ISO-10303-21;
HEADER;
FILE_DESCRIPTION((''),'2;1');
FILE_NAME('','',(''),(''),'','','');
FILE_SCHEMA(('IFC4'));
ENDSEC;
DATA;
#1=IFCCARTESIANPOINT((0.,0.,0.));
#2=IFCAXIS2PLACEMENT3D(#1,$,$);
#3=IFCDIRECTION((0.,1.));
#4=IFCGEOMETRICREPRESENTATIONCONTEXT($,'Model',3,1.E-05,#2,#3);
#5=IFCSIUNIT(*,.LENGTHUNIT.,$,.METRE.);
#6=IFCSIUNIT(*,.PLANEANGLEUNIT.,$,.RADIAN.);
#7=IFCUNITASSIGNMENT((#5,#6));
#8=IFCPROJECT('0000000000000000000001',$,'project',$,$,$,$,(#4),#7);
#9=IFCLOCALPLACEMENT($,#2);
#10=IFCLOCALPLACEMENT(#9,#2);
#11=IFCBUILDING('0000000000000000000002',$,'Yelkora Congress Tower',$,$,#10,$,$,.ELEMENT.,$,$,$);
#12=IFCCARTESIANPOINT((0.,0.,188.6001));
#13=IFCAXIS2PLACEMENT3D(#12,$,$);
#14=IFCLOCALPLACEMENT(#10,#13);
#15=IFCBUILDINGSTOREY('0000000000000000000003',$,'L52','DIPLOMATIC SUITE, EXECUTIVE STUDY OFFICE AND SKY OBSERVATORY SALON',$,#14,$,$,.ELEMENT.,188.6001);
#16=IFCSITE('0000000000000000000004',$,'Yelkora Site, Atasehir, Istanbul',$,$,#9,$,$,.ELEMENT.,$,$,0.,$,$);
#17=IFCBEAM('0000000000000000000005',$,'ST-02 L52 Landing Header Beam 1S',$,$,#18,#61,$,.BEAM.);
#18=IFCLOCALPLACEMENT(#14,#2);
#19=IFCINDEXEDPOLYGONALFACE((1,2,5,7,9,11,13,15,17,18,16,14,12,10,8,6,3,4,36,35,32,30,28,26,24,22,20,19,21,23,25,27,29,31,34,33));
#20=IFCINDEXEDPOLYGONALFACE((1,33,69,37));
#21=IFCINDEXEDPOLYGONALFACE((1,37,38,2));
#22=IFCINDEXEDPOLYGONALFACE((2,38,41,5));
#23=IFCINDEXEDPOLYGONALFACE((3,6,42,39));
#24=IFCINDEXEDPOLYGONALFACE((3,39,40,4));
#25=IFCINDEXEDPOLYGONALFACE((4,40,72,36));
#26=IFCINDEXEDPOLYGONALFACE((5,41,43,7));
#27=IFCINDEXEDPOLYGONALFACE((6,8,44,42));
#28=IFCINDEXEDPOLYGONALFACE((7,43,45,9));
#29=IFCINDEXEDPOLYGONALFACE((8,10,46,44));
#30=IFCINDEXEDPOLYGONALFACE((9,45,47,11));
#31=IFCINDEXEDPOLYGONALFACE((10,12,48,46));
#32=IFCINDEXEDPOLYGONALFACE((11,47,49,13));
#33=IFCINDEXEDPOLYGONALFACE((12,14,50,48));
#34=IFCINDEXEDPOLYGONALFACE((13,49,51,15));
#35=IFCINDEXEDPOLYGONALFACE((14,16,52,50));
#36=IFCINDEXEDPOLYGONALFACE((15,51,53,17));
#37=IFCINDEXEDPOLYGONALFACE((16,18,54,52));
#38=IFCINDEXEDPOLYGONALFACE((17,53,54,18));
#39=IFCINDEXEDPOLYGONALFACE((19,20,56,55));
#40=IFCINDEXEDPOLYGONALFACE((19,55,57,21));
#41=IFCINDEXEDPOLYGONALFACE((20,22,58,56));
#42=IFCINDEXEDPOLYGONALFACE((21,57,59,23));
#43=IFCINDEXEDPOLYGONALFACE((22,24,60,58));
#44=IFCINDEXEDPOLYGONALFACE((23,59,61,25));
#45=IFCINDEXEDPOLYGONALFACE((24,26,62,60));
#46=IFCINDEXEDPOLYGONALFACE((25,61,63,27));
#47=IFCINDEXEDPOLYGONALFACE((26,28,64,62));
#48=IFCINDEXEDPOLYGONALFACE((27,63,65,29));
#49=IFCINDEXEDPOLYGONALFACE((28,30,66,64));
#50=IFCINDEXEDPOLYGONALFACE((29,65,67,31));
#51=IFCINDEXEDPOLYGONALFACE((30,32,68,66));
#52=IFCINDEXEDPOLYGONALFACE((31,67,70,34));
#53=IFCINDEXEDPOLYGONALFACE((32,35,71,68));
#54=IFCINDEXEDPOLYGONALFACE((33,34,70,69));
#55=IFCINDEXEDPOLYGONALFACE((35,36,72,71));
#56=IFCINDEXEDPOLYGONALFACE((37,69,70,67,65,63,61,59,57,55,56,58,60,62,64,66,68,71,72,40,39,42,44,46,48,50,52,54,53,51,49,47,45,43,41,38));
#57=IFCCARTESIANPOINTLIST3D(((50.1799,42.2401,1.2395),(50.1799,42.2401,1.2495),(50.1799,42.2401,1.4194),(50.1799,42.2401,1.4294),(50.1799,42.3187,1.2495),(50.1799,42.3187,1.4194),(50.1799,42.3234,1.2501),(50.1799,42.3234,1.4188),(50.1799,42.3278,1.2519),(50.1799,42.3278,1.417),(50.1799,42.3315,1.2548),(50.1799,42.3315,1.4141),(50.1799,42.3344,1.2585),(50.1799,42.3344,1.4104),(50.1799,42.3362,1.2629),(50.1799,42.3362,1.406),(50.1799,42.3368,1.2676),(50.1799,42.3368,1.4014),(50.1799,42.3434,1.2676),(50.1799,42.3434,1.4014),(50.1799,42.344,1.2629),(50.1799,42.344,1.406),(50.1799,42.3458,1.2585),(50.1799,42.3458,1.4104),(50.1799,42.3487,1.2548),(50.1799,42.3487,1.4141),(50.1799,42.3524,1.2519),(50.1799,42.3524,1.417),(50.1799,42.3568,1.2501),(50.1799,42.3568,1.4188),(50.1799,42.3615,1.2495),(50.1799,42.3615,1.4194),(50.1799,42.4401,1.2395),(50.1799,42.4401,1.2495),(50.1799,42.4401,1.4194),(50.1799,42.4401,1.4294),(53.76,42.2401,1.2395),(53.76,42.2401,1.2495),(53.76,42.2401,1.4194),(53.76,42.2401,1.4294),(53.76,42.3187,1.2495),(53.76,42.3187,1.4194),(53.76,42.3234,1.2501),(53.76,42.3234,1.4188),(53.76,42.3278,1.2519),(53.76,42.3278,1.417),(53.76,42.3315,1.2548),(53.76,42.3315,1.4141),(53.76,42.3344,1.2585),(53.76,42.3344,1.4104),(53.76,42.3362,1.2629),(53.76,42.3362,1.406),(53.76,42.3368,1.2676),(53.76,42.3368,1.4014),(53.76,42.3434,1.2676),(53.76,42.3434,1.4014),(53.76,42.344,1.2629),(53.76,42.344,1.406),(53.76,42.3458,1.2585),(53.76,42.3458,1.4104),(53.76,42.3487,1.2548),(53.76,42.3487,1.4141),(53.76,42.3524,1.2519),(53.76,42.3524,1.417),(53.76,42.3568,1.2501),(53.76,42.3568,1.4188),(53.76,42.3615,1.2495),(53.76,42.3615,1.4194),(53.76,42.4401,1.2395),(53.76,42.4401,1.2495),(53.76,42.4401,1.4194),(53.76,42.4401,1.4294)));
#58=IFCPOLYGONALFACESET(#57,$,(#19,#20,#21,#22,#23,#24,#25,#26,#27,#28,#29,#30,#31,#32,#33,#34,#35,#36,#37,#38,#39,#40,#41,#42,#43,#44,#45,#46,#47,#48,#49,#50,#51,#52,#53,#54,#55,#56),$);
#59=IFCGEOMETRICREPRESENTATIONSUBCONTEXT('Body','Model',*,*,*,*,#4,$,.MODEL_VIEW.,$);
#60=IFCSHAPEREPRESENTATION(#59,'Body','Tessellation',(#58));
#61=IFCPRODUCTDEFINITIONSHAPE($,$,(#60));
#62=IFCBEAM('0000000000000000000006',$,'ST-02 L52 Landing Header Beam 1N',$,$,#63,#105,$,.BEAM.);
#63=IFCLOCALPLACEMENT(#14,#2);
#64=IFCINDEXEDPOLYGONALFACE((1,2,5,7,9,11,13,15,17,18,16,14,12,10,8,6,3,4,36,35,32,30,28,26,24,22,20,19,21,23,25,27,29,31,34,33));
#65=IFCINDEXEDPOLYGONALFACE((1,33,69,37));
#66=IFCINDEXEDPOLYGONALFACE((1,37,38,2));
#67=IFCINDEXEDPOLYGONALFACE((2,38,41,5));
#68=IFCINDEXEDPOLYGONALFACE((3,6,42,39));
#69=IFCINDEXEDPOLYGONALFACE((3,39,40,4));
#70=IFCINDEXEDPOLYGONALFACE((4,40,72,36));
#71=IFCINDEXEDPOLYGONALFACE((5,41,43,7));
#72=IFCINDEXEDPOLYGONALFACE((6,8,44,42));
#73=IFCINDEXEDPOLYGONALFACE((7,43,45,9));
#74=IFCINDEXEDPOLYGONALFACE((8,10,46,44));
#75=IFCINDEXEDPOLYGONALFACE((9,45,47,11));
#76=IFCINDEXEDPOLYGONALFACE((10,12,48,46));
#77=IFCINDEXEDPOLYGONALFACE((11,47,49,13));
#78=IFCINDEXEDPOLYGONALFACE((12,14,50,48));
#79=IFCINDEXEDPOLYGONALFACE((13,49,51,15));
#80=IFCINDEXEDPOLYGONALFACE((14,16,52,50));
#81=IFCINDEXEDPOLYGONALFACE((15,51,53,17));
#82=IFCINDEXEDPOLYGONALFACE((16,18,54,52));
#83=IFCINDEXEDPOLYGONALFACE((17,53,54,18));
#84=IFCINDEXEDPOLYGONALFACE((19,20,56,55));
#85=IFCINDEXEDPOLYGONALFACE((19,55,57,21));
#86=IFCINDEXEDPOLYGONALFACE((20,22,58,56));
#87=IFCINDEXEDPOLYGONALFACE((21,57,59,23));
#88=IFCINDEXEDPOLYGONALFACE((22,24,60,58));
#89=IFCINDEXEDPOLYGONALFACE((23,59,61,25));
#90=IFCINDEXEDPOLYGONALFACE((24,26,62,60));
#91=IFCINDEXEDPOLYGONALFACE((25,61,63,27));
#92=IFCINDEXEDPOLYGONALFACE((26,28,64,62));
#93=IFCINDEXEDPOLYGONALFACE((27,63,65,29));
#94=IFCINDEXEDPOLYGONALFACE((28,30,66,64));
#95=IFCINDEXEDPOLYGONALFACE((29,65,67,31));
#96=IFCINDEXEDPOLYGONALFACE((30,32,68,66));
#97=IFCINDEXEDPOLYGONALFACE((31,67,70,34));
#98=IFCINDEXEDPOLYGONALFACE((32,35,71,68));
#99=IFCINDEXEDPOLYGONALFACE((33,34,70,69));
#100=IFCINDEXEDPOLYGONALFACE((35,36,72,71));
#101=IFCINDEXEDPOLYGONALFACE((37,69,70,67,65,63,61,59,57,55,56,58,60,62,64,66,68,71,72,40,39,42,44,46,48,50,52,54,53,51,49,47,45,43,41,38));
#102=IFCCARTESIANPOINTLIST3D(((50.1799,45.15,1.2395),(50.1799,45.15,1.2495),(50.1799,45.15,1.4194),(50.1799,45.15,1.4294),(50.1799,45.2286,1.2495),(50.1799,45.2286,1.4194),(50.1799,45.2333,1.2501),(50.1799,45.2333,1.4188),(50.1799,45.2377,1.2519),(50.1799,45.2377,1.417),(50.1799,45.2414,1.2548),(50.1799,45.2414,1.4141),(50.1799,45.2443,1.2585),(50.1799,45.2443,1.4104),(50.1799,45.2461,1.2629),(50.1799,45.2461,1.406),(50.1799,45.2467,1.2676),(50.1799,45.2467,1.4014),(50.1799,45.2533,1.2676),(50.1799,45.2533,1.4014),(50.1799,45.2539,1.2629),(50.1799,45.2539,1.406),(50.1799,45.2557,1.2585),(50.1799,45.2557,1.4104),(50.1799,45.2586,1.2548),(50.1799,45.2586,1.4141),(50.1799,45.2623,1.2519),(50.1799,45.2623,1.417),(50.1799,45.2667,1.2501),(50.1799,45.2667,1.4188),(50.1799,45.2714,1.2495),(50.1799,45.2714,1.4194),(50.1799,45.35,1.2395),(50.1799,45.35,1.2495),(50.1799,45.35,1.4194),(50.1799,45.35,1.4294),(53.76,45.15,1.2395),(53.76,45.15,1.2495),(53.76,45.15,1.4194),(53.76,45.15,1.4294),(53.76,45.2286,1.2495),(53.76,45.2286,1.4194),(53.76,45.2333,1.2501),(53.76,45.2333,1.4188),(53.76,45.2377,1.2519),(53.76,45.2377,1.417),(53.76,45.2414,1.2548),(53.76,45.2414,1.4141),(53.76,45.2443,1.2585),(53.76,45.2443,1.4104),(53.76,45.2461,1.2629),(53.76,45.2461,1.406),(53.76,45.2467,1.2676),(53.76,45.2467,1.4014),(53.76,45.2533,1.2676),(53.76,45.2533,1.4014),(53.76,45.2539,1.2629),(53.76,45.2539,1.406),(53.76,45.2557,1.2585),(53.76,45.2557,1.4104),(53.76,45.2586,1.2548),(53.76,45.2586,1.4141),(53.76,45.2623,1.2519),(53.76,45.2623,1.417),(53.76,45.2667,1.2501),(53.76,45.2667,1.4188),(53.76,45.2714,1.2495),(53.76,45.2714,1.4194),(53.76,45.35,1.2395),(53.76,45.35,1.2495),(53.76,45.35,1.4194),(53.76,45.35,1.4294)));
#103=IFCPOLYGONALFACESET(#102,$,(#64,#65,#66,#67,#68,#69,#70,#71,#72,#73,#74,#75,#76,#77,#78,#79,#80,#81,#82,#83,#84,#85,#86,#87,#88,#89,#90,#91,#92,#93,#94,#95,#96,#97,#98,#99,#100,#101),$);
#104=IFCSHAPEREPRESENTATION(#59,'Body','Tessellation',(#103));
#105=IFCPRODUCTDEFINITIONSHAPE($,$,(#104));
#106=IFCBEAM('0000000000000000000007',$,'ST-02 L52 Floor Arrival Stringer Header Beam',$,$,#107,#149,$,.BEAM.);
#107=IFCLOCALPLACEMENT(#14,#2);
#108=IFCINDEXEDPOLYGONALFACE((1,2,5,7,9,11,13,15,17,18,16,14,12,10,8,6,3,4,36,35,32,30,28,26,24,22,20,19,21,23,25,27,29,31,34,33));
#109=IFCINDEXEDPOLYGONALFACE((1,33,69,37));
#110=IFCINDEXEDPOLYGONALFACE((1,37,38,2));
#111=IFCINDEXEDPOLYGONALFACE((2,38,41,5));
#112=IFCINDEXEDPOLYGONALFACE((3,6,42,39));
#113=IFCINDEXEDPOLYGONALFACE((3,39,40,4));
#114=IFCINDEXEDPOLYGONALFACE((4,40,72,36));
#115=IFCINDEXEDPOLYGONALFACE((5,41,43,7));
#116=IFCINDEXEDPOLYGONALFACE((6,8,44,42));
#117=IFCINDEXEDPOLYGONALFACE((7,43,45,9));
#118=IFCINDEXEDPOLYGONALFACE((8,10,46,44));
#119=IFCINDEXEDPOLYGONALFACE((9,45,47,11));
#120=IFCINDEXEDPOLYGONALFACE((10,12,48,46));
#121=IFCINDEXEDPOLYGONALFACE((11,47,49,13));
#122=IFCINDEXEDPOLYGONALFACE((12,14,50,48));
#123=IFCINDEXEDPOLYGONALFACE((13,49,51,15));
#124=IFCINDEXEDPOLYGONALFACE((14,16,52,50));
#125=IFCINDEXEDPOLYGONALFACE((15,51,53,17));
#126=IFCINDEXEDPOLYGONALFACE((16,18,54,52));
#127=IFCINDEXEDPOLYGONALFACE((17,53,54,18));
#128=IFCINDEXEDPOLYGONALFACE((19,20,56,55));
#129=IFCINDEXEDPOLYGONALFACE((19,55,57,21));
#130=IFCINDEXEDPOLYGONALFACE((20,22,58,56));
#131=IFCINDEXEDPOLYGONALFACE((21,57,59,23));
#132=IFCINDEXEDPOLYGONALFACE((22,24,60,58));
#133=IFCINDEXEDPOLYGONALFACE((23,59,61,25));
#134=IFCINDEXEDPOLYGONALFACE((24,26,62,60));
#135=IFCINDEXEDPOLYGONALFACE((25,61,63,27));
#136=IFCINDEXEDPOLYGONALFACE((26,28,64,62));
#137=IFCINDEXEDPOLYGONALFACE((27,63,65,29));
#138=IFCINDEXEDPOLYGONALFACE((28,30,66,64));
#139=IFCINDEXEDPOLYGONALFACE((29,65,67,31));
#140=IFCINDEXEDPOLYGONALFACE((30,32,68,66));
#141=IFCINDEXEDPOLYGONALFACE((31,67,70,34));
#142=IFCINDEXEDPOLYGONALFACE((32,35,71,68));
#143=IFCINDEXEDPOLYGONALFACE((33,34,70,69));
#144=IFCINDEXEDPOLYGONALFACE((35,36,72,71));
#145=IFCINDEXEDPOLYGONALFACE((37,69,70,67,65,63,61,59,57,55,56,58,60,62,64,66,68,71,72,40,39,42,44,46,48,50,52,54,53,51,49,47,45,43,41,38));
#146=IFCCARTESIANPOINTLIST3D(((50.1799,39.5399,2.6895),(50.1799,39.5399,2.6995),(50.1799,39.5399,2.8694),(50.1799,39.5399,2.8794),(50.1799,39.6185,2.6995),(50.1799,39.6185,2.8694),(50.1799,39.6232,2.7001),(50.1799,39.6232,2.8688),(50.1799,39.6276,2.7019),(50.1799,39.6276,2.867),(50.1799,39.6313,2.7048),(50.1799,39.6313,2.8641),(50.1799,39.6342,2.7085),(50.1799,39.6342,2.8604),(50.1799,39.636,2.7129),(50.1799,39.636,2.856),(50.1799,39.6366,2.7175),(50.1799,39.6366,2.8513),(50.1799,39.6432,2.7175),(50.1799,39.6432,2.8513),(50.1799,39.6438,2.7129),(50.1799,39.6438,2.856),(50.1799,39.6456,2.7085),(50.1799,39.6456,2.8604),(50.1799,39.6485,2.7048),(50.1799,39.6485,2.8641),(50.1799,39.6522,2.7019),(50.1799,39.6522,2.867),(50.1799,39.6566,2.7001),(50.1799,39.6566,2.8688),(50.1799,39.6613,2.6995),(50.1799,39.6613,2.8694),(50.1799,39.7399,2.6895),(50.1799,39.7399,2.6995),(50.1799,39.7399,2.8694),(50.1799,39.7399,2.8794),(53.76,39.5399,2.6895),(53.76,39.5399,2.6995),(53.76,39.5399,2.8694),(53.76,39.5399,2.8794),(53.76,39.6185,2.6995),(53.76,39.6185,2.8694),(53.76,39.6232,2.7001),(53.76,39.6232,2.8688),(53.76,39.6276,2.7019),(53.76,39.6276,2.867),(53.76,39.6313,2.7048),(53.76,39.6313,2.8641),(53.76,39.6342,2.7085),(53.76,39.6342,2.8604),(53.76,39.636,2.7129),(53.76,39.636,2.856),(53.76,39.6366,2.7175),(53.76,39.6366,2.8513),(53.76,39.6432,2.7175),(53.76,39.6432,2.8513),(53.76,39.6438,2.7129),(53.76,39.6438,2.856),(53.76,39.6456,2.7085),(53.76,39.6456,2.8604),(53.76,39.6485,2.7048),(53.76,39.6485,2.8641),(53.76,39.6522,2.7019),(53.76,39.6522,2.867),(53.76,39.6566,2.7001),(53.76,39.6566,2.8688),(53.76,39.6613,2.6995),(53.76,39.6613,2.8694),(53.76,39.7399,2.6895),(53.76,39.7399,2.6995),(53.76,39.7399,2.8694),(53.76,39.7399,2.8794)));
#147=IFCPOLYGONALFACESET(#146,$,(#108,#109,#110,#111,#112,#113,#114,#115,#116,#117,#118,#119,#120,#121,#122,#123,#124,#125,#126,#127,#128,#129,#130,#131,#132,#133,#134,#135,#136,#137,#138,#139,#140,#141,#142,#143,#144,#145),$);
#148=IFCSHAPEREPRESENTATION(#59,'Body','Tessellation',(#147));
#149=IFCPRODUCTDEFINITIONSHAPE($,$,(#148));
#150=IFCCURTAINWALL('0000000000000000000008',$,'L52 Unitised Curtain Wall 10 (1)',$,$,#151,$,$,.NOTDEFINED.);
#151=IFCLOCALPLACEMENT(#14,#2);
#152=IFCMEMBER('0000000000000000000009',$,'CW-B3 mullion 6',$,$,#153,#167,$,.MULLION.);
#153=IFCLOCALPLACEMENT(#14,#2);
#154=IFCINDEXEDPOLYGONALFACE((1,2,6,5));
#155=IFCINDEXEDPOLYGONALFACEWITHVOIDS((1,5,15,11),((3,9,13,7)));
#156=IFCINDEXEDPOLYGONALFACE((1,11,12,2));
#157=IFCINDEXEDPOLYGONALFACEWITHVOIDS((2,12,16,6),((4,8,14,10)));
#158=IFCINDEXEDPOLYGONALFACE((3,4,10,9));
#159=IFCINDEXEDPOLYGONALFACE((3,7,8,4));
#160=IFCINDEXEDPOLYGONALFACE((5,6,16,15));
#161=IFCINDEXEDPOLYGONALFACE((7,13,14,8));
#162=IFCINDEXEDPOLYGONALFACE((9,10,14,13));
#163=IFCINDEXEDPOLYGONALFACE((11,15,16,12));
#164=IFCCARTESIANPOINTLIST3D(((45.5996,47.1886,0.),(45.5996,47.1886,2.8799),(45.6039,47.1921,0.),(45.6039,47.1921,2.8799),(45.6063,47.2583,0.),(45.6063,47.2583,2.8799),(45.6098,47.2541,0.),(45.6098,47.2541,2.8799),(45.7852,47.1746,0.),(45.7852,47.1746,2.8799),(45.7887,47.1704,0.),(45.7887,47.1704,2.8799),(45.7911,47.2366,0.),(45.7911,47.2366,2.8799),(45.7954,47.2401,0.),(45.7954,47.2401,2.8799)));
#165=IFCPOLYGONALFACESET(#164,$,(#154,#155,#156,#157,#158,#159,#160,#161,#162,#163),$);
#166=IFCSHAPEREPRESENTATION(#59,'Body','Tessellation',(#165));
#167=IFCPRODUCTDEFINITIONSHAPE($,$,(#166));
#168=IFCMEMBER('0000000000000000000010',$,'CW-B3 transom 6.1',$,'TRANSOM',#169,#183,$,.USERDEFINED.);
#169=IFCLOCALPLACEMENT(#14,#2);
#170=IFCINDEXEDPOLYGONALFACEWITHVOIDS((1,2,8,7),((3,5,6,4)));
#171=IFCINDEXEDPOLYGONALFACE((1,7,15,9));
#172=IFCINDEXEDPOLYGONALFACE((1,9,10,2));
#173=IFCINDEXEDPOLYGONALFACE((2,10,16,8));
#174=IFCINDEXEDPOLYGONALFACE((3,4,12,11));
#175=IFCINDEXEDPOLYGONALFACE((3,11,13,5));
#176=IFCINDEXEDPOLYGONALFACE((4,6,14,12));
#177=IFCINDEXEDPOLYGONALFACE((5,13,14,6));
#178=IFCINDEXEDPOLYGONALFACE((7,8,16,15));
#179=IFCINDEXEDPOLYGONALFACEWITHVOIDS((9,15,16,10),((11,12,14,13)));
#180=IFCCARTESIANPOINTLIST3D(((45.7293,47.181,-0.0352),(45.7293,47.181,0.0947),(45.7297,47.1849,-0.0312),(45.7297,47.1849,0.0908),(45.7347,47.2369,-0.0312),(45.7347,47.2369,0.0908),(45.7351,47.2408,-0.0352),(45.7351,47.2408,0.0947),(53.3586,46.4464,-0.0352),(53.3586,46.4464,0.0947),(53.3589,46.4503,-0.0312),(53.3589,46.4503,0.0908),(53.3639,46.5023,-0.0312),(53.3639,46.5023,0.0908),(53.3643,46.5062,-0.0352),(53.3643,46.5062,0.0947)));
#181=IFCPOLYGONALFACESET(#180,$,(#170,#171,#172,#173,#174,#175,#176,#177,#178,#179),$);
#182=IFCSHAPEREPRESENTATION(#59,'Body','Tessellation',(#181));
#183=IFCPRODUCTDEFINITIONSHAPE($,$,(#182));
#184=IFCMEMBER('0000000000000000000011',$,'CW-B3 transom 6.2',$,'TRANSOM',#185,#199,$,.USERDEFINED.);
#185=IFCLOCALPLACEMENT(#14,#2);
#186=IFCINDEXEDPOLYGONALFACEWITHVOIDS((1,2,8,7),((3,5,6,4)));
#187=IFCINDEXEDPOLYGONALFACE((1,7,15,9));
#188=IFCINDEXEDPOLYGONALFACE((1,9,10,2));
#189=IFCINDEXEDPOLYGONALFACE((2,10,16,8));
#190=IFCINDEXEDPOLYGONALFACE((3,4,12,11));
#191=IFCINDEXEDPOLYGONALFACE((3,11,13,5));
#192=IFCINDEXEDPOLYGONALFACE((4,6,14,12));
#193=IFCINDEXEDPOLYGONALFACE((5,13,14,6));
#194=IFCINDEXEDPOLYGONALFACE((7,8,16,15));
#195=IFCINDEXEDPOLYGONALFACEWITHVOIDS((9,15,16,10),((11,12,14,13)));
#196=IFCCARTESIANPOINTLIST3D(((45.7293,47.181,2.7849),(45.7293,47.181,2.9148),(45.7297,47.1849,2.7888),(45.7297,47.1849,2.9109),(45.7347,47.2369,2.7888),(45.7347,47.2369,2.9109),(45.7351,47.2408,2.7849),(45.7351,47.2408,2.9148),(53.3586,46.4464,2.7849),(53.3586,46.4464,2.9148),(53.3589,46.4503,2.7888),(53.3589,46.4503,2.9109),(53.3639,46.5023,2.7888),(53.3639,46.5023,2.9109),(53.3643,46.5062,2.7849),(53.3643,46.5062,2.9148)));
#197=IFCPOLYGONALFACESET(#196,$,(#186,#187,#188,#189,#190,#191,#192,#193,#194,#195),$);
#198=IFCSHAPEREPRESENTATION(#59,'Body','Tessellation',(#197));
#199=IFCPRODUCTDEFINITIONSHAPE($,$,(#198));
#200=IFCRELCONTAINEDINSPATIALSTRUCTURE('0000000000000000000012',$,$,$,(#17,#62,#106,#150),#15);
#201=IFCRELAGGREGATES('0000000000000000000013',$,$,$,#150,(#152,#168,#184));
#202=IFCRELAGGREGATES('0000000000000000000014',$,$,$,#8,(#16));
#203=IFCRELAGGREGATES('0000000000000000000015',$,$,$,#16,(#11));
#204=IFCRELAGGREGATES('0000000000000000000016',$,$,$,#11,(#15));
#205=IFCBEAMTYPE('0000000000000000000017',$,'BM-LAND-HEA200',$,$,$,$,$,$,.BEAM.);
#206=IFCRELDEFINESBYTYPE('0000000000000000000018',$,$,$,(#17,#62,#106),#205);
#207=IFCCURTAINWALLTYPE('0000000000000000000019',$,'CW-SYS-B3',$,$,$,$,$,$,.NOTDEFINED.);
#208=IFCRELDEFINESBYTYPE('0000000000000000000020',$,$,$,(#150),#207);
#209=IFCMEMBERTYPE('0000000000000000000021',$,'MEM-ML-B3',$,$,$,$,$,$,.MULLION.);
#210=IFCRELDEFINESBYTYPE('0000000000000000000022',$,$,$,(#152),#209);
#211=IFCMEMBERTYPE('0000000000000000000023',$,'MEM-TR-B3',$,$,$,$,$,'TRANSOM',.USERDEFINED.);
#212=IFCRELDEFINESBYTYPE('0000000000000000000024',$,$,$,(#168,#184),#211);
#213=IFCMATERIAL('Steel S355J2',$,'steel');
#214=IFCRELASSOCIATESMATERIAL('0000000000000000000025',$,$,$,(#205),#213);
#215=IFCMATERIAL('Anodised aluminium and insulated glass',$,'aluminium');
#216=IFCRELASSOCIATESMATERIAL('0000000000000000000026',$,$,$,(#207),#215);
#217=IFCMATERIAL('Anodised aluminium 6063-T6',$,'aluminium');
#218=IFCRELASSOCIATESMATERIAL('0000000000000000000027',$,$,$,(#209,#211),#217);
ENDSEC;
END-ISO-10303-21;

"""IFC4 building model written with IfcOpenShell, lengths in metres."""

from ifc_helpers import new_model, si_unit, direction, frame, origin, origin_2d, place, context, subcontext, project, spatial, hollow_rectangle, i_section, extrude, material, material_profile, profile_set, type_object, element, aggregate, save


model = new_model("IFC4")

# Units and contexts
model_context = context("Model", 3, precision=1e-05, world=origin(), true_north=direction((0.0, 1.0)))
body_context = subcontext(model_context, "Body", "Model", "MODEL_VIEW")
ifc_project = project(units=[si_unit("LENGTHUNIT", "METRE"), si_unit("PLANEANGLEUNIT", "RADIAN")], contexts=[model_context])

# Site, building, storey
site_placement = place(None, origin())
site = spatial("IfcSite", under=ifc_project, at=site_placement, Name="Yelkora Site, Atasehir, Istanbul", CompositionType="ELEMENT", RefElevation=0.0)
building_placement = place(site_placement, origin())
building = spatial("IfcBuilding", under=site, at=building_placement, Name="Yelkora Congress Tower", CompositionType="ELEMENT")
storey_placement = place(building_placement, frame((0.0, 0.0, 188.6001)))
storey = spatial("IfcBuildingStorey", under=building, at=storey_placement, Name="L52", Description="DIPLOMATIC SUITE, EXECUTIVE STUDY OFFICE AND SKY OBSERVATORY SALON", CompositionType="ELEMENT", Elevation=188.6001)

# Beams
ifc_material_1 = material(Name="Steel S355J2", Category="steel")
ifc_material_profile_1 = material_profile(ifc_material_1, i_section(OverallWidth=0.2, OverallDepth=0.1899, WebThickness=0.0066, FlangeThickness=0.01, FilletRadius=0.0181, at=origin_2d()), Name="HEA 200")
ifc_profile_set_1 = profile_set([ifc_material_profile_1], Name="Steel S355J2")
beam_type_1 = type_object("IfcBeamType", Name="BM-LAND-HEA200", PredefinedType="BEAM", material=ifc_profile_set_1)
for number, where, z_axis, x_axis, name in (
    (1, (50.1799, 42.3401, 1.3345), (1.0, 0.0, 0.0), (0.0, 1.0, 0.0), "ST-02 L52 Landing Header Beam 1S"),
    (2, (50.1799, 45.25, 1.3345), (1.0, 0.0, 0.0), (0.0, 1.0, 0.0), "ST-02 L52 Landing Header Beam 1N"),
    (3, (50.1799, 39.6399, 2.7844), (1.0, 0.0, 0.0), (0.0, 1.0, 0.0), "ST-02 L52 Floor Arrival Stringer Header Beam"),
):
    element("IfcBeam", number, at=place(storey_placement, frame(where, z_axis=z_axis, x_axis=x_axis)), inside=storey, type_object=beam_type_1, Name=name, PredefinedType="BEAM", context=body_context, shape_type="SweptSolid", body=[
        extrude(i_section(OverallWidth=0.2, OverallDepth=0.1899, WebThickness=0.0066, FlangeThickness=0.01, FilletRadius=0.0181, at=origin_2d()), origin(), (0.0, 0.0, 1.0), 3.5801),
    ])

# Curtain wall, members
ifc_material_2 = material(Name="Anodised aluminium and insulated glass", Category="aluminium")
curtain_wall_type = type_object("IfcCurtainWallType", Name="CW-SYS-B3", PredefinedType="NOTDEFINED", material=ifc_material_2)
curtain_wall_placement = place(storey_placement, origin())
curtain_wall = element("IfcCurtainWall", 4, at=curtain_wall_placement, inside=storey, type_object=curtain_wall_type, Name="L52 Unitised Curtain Wall 10 (1)", PredefinedType="NOTDEFINED")
ifc_material_3 = material(Name="Anodised aluminium 6063-T6", Category="aluminium")
ifc_material_profile_2 = material_profile(ifc_material_3, hollow_rectangle(XDim=0.0701, YDim=0.1899, WallThickness=0.0039, at=origin_2d()), Name="ALU 70x190x4")
ifc_profile_set_2 = profile_set([ifc_material_profile_2], Name="Anodised aluminium 6063-T6")
member_type_1 = type_object("IfcMemberType", Name="MEM-ML-B3", PredefinedType="MULLION", material=ifc_profile_set_2)
member_1_placement = place(storey_placement, frame((45.6975, 47.2144, 0.0), z_axis=(0.0, 0.0, 1.0), x_axis=(0.095845, 0.995396, 0.0)))
member_1 = element("IfcMember", 5, at=member_1_placement, type_object=member_type_1, Name="CW-B3 mullion 6", PredefinedType="MULLION", context=body_context, shape_type="SweptSolid", body=[
    extrude(hollow_rectangle(XDim=0.0701, YDim=0.1899, WallThickness=0.0039, at=origin_2d()), origin(), (0.0, 0.0, 1.0), 2.8799),
])
ifc_material_profile_3 = material_profile(ifc_material_3, hollow_rectangle(XDim=0.0601, YDim=0.1299, WallThickness=0.0039, at=origin_2d()), Name="ALU 60x130x4")
ifc_profile_set_3 = profile_set([ifc_material_profile_3], Name="Anodised aluminium 6063-T6")
member_type_2 = type_object("IfcMemberType", Name="MEM-TR-B3", ElementType="TRANSOM", PredefinedType="USERDEFINED", material=ifc_profile_set_3)
member_2_placement = place(storey_placement, frame((45.7322, 47.2109, 0.0298), z_axis=(0.995396, -0.095848, 0.0), x_axis=(0.095848, 0.995396, 0.0)))
member_2 = element("IfcMember", 6, at=member_2_placement, type_object=member_type_2, Name="CW-B3 transom 6.1", ObjectType="TRANSOM", PredefinedType="USERDEFINED", context=body_context, shape_type="SweptSolid", body=[
    extrude(hollow_rectangle(XDim=0.0601, YDim=0.1299, WallThickness=0.0039, at=origin_2d()), origin(), (0.0, 0.0, 1.0), 7.6646),
])
member_3_placement = place(storey_placement, frame((45.7322, 47.2109, 2.8499), z_axis=(0.995396, -0.095848, 0.0), x_axis=(0.095848, 0.995396, 0.0)))
member_3 = element("IfcMember", 7, at=member_3_placement, type_object=member_type_2, Name="CW-B3 transom 6.2", ObjectType="TRANSOM", PredefinedType="USERDEFINED", context=body_context, shape_type="SweptSolid", body=[
    extrude(hollow_rectangle(XDim=0.0601, YDim=0.1299, WallThickness=0.0039, at=origin_2d()), origin(), (0.0, 0.0, 1.0), 7.6646),
])
aggregate(curtain_wall, [member_1, member_2, member_3])

save(model, "model.ifc")
